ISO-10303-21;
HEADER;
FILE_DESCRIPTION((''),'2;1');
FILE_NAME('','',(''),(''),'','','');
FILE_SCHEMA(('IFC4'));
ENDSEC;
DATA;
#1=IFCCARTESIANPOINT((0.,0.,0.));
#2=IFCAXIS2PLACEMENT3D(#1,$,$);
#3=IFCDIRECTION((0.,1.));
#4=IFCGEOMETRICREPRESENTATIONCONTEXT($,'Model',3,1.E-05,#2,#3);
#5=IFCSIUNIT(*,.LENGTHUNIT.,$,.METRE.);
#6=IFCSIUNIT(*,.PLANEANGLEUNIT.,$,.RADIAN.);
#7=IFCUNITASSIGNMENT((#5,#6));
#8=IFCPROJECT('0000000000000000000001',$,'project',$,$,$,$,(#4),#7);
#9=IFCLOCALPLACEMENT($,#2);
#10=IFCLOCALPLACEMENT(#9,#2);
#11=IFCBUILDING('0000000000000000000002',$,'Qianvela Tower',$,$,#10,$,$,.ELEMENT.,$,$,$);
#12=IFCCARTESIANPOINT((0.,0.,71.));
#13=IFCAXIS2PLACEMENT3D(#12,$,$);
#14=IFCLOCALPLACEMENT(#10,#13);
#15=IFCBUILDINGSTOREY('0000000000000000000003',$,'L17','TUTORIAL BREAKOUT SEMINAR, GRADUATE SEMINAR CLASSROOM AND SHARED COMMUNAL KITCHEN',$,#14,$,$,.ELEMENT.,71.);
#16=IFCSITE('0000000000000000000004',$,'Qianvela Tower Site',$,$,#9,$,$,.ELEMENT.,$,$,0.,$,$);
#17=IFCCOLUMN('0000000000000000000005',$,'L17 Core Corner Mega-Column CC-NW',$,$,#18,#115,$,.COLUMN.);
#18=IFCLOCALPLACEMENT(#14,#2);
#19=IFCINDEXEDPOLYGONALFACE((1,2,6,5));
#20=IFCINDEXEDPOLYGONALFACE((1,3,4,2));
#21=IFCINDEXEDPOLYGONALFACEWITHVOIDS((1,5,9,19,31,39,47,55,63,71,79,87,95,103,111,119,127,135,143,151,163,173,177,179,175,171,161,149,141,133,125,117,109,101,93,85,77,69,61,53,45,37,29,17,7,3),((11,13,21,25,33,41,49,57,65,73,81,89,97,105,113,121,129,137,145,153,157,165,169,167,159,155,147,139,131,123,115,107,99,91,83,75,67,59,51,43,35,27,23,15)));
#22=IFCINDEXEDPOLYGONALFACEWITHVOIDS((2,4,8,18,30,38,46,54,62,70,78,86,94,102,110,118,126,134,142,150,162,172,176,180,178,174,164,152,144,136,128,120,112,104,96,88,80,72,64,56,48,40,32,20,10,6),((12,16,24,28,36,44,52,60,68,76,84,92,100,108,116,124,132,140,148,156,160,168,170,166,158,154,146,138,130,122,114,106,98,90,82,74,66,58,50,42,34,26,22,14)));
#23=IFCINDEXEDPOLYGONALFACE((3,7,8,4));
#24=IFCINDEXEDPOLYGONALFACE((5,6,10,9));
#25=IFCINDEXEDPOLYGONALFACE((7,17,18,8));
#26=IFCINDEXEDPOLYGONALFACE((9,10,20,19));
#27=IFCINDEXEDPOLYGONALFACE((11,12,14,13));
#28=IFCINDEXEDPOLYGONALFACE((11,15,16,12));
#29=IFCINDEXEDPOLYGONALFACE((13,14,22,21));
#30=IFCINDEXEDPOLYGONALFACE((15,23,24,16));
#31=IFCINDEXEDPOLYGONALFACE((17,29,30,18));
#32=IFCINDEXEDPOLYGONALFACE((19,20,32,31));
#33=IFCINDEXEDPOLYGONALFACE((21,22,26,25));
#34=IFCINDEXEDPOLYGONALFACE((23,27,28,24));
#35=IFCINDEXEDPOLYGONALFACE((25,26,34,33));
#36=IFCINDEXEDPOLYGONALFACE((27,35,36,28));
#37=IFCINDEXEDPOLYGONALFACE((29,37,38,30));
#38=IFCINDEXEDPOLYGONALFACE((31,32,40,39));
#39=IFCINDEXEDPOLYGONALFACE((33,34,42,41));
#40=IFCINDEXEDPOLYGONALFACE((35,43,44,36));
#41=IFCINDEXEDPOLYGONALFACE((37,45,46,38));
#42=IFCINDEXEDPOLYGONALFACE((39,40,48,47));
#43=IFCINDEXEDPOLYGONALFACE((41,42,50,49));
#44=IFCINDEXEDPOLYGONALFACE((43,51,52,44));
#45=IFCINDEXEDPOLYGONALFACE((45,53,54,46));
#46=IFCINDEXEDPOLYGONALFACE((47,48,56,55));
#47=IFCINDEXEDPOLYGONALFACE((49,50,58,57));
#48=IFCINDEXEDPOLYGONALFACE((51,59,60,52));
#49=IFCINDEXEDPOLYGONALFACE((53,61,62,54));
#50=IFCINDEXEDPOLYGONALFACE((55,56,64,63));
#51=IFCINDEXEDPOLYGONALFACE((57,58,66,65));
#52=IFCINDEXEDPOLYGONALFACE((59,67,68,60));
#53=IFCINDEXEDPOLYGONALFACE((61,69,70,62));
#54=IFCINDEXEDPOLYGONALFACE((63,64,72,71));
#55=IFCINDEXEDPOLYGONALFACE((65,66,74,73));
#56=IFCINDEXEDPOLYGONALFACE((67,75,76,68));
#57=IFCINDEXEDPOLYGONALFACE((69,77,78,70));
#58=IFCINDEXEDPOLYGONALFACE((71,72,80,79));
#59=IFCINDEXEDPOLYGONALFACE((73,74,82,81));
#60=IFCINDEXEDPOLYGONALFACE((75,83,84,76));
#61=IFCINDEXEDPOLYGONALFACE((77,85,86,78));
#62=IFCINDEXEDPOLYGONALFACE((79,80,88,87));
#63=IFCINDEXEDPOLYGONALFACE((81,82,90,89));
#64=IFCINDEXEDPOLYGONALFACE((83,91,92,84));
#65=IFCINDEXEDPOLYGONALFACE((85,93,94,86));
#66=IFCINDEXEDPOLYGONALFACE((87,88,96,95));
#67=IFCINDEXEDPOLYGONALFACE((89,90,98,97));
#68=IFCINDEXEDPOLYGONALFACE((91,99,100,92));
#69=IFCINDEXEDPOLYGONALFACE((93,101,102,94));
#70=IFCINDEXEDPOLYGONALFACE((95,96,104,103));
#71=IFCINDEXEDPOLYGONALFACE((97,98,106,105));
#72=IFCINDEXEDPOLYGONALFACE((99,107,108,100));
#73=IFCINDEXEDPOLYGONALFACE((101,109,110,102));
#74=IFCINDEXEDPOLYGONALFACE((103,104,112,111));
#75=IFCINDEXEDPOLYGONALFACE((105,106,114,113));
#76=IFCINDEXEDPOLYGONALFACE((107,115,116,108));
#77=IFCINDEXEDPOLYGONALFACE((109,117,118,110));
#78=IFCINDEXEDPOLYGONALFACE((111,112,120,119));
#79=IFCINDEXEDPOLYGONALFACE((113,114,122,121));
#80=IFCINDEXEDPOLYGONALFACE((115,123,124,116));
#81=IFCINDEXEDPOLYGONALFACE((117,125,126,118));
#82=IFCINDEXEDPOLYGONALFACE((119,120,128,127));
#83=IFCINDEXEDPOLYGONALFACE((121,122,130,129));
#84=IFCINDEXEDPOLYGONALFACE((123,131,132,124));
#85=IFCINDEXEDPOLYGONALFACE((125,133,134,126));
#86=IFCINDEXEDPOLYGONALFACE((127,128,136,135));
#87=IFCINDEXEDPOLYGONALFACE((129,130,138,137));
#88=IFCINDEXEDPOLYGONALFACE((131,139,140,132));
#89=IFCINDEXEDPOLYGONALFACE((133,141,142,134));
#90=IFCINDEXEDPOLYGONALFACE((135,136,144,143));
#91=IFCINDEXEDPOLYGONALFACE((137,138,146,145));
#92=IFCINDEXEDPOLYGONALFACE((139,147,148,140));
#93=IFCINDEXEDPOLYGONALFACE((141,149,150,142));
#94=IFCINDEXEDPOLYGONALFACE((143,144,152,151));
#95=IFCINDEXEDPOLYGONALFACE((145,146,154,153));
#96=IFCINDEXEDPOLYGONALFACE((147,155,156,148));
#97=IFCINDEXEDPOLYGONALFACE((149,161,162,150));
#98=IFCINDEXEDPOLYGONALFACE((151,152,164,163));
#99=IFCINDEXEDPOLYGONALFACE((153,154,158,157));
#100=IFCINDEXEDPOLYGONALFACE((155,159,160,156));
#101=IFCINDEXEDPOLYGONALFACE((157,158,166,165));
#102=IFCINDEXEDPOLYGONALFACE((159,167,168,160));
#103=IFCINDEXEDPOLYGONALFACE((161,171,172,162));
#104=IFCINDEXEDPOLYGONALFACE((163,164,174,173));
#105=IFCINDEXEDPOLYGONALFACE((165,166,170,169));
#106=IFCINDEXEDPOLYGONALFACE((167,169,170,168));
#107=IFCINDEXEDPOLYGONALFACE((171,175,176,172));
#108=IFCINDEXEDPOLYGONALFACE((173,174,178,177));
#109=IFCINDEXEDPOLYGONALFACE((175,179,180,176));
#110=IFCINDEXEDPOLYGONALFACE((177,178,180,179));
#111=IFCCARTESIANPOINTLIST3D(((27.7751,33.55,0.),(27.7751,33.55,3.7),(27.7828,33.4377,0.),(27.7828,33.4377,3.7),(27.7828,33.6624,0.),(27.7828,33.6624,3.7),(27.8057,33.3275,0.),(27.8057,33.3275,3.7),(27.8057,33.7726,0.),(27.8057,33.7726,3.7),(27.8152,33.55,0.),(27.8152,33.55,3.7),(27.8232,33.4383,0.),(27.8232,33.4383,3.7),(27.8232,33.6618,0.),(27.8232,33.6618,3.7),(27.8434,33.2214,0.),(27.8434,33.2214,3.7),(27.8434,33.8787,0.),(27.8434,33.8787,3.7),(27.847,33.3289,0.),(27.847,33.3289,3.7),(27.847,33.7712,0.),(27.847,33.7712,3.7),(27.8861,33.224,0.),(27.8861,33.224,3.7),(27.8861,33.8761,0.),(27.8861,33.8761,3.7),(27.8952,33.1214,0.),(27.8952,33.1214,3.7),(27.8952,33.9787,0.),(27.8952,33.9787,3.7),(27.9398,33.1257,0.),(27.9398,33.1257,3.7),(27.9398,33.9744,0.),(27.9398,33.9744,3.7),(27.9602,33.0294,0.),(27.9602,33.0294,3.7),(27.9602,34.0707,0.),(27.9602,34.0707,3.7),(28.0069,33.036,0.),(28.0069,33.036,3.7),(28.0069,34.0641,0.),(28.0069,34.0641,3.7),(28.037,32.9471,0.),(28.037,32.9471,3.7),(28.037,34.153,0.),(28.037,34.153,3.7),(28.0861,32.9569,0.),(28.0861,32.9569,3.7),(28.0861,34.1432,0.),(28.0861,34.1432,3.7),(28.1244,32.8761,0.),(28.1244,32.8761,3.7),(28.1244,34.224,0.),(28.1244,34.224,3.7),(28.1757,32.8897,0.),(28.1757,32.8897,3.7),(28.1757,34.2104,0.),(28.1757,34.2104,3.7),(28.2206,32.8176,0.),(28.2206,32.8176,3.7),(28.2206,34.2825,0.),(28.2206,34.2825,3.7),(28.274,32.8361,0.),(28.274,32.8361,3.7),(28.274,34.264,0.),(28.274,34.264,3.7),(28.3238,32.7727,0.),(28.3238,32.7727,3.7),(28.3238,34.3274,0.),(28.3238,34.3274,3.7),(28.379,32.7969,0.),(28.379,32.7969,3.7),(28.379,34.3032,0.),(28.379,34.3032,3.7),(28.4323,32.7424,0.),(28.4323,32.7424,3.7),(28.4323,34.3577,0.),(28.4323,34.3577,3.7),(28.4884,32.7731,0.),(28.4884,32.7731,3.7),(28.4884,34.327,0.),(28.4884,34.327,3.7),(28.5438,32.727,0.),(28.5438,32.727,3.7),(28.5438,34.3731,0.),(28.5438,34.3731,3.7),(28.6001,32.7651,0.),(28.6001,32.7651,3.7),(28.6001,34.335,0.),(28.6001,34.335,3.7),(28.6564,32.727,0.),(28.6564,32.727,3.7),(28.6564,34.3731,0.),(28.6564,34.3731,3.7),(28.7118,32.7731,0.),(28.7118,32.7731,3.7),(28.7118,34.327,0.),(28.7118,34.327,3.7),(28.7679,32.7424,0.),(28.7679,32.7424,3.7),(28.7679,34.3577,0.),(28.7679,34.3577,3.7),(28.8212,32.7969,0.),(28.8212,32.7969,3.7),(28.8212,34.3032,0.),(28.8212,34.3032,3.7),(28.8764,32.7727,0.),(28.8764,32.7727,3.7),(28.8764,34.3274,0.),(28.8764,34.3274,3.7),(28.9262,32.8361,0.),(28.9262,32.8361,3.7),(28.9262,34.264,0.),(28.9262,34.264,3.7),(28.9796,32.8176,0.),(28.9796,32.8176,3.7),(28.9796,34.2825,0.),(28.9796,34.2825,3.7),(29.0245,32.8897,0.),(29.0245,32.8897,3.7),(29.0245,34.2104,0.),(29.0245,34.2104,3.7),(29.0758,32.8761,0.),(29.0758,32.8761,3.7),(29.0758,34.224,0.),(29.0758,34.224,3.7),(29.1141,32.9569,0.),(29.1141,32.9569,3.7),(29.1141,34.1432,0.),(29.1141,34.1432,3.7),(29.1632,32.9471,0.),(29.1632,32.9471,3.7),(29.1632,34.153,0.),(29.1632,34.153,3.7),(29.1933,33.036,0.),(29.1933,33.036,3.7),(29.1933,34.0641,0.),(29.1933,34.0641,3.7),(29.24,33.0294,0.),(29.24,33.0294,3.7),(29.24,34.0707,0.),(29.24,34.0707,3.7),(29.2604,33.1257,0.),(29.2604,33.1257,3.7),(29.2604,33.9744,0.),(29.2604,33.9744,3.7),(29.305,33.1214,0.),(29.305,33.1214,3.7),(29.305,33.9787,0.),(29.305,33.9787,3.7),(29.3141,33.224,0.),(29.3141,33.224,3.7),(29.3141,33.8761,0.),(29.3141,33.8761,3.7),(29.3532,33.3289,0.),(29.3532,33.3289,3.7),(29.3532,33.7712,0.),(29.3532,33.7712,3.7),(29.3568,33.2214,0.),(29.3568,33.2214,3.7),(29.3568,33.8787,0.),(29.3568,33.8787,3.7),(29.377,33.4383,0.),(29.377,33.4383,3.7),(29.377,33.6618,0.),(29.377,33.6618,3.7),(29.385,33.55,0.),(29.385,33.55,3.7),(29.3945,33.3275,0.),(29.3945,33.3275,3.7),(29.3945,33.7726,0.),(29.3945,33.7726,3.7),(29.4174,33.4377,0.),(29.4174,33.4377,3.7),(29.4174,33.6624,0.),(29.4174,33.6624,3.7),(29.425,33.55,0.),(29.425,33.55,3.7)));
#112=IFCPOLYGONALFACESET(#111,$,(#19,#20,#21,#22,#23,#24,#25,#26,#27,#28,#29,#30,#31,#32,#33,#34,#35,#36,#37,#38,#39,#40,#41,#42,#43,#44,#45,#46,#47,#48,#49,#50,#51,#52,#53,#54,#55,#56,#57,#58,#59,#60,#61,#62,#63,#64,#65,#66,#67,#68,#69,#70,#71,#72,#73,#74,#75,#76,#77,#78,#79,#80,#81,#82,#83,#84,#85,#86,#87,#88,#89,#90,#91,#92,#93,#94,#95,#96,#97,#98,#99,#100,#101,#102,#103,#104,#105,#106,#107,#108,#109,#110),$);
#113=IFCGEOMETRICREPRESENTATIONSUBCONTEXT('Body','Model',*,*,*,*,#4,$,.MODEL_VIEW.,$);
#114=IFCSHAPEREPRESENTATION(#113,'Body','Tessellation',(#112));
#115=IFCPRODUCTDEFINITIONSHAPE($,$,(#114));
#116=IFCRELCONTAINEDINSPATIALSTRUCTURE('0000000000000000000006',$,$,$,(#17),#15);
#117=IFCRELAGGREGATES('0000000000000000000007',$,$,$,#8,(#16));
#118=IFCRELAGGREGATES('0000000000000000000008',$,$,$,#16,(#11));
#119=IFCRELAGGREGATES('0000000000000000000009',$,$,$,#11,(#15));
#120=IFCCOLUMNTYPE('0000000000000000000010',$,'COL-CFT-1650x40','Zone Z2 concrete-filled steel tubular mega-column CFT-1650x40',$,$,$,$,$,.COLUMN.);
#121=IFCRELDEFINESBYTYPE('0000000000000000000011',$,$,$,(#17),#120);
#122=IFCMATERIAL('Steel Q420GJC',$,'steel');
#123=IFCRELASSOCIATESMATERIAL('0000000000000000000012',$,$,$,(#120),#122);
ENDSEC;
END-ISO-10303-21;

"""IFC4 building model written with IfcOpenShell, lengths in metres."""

from ifc_helpers import new_model, si_unit, direction, frame, origin, origin_2d, place, context, subcontext, project, spatial, hollow_circle, extrude, material, material_profile, profile_set, type_object, element, save


model = new_model("IFC4")

# Units and contexts
model_context = context("Model", 3, precision=1e-05, world=origin(), true_north=direction((0.0, 1.0)))
body_context = subcontext(model_context, "Body", "Model", "MODEL_VIEW")
ifc_project = project(units=[si_unit("LENGTHUNIT", "METRE"), si_unit("PLANEANGLEUNIT", "RADIAN")], contexts=[model_context])

# Site, building, storey
site_placement = place(None, origin())
site = spatial("IfcSite", under=ifc_project, at=site_placement, Name="Qianvela Tower Site", CompositionType="ELEMENT", RefElevation=0.0)
building_placement = place(site_placement, origin())
building = spatial("IfcBuilding", under=site, at=building_placement, Name="Qianvela Tower", CompositionType="ELEMENT")
storey_placement = place(building_placement, frame((0.0, 0.0, 71.0)))
storey = spatial("IfcBuildingStorey", under=building, at=storey_placement, Name="L17", Description="TUTORIAL BREAKOUT SEMINAR, GRADUATE SEMINAR CLASSROOM AND SHARED COMMUNAL KITCHEN", CompositionType="ELEMENT", Elevation=71.0)

# Column
ifc_material_1 = material(Name="Steel Q420GJC", Category="steel")
ifc_material_profile_1 = material_profile(ifc_material_1, hollow_circle(Radius=0.825, WallThickness=0.04, at=origin_2d()), Name="CFT-1650x40")
ifc_profile_set_1 = profile_set([ifc_material_profile_1], Name="Steel Q420GJC")
column_type = type_object("IfcColumnType", Name="COL-CFT-1650x40", Description="Zone Z2 concrete-filled steel tubular mega-column CFT-1650x40", PredefinedType="COLUMN", material=ifc_profile_set_1)
for number, where, z_axis, x_axis, name in (
    (1, (28.6001, 33.55, 0.0), (0.0, 0.0, 1.0), (1.0, 0.0, 0.0), "L17 Core Corner Mega-Column CC-NW"),
):
    element("IfcColumn", number, at=place(storey_placement, frame(where, z_axis=z_axis, x_axis=x_axis)), inside=storey, type_object=column_type, Name=name, PredefinedType="COLUMN", context=body_context, shape_type="SweptSolid", body=[
        extrude(hollow_circle(Radius=0.825, WallThickness=0.04, at=origin_2d()), origin(), (0.0, 0.0, 1.0), 3.7),
    ])

save(model, "model.ifc")
